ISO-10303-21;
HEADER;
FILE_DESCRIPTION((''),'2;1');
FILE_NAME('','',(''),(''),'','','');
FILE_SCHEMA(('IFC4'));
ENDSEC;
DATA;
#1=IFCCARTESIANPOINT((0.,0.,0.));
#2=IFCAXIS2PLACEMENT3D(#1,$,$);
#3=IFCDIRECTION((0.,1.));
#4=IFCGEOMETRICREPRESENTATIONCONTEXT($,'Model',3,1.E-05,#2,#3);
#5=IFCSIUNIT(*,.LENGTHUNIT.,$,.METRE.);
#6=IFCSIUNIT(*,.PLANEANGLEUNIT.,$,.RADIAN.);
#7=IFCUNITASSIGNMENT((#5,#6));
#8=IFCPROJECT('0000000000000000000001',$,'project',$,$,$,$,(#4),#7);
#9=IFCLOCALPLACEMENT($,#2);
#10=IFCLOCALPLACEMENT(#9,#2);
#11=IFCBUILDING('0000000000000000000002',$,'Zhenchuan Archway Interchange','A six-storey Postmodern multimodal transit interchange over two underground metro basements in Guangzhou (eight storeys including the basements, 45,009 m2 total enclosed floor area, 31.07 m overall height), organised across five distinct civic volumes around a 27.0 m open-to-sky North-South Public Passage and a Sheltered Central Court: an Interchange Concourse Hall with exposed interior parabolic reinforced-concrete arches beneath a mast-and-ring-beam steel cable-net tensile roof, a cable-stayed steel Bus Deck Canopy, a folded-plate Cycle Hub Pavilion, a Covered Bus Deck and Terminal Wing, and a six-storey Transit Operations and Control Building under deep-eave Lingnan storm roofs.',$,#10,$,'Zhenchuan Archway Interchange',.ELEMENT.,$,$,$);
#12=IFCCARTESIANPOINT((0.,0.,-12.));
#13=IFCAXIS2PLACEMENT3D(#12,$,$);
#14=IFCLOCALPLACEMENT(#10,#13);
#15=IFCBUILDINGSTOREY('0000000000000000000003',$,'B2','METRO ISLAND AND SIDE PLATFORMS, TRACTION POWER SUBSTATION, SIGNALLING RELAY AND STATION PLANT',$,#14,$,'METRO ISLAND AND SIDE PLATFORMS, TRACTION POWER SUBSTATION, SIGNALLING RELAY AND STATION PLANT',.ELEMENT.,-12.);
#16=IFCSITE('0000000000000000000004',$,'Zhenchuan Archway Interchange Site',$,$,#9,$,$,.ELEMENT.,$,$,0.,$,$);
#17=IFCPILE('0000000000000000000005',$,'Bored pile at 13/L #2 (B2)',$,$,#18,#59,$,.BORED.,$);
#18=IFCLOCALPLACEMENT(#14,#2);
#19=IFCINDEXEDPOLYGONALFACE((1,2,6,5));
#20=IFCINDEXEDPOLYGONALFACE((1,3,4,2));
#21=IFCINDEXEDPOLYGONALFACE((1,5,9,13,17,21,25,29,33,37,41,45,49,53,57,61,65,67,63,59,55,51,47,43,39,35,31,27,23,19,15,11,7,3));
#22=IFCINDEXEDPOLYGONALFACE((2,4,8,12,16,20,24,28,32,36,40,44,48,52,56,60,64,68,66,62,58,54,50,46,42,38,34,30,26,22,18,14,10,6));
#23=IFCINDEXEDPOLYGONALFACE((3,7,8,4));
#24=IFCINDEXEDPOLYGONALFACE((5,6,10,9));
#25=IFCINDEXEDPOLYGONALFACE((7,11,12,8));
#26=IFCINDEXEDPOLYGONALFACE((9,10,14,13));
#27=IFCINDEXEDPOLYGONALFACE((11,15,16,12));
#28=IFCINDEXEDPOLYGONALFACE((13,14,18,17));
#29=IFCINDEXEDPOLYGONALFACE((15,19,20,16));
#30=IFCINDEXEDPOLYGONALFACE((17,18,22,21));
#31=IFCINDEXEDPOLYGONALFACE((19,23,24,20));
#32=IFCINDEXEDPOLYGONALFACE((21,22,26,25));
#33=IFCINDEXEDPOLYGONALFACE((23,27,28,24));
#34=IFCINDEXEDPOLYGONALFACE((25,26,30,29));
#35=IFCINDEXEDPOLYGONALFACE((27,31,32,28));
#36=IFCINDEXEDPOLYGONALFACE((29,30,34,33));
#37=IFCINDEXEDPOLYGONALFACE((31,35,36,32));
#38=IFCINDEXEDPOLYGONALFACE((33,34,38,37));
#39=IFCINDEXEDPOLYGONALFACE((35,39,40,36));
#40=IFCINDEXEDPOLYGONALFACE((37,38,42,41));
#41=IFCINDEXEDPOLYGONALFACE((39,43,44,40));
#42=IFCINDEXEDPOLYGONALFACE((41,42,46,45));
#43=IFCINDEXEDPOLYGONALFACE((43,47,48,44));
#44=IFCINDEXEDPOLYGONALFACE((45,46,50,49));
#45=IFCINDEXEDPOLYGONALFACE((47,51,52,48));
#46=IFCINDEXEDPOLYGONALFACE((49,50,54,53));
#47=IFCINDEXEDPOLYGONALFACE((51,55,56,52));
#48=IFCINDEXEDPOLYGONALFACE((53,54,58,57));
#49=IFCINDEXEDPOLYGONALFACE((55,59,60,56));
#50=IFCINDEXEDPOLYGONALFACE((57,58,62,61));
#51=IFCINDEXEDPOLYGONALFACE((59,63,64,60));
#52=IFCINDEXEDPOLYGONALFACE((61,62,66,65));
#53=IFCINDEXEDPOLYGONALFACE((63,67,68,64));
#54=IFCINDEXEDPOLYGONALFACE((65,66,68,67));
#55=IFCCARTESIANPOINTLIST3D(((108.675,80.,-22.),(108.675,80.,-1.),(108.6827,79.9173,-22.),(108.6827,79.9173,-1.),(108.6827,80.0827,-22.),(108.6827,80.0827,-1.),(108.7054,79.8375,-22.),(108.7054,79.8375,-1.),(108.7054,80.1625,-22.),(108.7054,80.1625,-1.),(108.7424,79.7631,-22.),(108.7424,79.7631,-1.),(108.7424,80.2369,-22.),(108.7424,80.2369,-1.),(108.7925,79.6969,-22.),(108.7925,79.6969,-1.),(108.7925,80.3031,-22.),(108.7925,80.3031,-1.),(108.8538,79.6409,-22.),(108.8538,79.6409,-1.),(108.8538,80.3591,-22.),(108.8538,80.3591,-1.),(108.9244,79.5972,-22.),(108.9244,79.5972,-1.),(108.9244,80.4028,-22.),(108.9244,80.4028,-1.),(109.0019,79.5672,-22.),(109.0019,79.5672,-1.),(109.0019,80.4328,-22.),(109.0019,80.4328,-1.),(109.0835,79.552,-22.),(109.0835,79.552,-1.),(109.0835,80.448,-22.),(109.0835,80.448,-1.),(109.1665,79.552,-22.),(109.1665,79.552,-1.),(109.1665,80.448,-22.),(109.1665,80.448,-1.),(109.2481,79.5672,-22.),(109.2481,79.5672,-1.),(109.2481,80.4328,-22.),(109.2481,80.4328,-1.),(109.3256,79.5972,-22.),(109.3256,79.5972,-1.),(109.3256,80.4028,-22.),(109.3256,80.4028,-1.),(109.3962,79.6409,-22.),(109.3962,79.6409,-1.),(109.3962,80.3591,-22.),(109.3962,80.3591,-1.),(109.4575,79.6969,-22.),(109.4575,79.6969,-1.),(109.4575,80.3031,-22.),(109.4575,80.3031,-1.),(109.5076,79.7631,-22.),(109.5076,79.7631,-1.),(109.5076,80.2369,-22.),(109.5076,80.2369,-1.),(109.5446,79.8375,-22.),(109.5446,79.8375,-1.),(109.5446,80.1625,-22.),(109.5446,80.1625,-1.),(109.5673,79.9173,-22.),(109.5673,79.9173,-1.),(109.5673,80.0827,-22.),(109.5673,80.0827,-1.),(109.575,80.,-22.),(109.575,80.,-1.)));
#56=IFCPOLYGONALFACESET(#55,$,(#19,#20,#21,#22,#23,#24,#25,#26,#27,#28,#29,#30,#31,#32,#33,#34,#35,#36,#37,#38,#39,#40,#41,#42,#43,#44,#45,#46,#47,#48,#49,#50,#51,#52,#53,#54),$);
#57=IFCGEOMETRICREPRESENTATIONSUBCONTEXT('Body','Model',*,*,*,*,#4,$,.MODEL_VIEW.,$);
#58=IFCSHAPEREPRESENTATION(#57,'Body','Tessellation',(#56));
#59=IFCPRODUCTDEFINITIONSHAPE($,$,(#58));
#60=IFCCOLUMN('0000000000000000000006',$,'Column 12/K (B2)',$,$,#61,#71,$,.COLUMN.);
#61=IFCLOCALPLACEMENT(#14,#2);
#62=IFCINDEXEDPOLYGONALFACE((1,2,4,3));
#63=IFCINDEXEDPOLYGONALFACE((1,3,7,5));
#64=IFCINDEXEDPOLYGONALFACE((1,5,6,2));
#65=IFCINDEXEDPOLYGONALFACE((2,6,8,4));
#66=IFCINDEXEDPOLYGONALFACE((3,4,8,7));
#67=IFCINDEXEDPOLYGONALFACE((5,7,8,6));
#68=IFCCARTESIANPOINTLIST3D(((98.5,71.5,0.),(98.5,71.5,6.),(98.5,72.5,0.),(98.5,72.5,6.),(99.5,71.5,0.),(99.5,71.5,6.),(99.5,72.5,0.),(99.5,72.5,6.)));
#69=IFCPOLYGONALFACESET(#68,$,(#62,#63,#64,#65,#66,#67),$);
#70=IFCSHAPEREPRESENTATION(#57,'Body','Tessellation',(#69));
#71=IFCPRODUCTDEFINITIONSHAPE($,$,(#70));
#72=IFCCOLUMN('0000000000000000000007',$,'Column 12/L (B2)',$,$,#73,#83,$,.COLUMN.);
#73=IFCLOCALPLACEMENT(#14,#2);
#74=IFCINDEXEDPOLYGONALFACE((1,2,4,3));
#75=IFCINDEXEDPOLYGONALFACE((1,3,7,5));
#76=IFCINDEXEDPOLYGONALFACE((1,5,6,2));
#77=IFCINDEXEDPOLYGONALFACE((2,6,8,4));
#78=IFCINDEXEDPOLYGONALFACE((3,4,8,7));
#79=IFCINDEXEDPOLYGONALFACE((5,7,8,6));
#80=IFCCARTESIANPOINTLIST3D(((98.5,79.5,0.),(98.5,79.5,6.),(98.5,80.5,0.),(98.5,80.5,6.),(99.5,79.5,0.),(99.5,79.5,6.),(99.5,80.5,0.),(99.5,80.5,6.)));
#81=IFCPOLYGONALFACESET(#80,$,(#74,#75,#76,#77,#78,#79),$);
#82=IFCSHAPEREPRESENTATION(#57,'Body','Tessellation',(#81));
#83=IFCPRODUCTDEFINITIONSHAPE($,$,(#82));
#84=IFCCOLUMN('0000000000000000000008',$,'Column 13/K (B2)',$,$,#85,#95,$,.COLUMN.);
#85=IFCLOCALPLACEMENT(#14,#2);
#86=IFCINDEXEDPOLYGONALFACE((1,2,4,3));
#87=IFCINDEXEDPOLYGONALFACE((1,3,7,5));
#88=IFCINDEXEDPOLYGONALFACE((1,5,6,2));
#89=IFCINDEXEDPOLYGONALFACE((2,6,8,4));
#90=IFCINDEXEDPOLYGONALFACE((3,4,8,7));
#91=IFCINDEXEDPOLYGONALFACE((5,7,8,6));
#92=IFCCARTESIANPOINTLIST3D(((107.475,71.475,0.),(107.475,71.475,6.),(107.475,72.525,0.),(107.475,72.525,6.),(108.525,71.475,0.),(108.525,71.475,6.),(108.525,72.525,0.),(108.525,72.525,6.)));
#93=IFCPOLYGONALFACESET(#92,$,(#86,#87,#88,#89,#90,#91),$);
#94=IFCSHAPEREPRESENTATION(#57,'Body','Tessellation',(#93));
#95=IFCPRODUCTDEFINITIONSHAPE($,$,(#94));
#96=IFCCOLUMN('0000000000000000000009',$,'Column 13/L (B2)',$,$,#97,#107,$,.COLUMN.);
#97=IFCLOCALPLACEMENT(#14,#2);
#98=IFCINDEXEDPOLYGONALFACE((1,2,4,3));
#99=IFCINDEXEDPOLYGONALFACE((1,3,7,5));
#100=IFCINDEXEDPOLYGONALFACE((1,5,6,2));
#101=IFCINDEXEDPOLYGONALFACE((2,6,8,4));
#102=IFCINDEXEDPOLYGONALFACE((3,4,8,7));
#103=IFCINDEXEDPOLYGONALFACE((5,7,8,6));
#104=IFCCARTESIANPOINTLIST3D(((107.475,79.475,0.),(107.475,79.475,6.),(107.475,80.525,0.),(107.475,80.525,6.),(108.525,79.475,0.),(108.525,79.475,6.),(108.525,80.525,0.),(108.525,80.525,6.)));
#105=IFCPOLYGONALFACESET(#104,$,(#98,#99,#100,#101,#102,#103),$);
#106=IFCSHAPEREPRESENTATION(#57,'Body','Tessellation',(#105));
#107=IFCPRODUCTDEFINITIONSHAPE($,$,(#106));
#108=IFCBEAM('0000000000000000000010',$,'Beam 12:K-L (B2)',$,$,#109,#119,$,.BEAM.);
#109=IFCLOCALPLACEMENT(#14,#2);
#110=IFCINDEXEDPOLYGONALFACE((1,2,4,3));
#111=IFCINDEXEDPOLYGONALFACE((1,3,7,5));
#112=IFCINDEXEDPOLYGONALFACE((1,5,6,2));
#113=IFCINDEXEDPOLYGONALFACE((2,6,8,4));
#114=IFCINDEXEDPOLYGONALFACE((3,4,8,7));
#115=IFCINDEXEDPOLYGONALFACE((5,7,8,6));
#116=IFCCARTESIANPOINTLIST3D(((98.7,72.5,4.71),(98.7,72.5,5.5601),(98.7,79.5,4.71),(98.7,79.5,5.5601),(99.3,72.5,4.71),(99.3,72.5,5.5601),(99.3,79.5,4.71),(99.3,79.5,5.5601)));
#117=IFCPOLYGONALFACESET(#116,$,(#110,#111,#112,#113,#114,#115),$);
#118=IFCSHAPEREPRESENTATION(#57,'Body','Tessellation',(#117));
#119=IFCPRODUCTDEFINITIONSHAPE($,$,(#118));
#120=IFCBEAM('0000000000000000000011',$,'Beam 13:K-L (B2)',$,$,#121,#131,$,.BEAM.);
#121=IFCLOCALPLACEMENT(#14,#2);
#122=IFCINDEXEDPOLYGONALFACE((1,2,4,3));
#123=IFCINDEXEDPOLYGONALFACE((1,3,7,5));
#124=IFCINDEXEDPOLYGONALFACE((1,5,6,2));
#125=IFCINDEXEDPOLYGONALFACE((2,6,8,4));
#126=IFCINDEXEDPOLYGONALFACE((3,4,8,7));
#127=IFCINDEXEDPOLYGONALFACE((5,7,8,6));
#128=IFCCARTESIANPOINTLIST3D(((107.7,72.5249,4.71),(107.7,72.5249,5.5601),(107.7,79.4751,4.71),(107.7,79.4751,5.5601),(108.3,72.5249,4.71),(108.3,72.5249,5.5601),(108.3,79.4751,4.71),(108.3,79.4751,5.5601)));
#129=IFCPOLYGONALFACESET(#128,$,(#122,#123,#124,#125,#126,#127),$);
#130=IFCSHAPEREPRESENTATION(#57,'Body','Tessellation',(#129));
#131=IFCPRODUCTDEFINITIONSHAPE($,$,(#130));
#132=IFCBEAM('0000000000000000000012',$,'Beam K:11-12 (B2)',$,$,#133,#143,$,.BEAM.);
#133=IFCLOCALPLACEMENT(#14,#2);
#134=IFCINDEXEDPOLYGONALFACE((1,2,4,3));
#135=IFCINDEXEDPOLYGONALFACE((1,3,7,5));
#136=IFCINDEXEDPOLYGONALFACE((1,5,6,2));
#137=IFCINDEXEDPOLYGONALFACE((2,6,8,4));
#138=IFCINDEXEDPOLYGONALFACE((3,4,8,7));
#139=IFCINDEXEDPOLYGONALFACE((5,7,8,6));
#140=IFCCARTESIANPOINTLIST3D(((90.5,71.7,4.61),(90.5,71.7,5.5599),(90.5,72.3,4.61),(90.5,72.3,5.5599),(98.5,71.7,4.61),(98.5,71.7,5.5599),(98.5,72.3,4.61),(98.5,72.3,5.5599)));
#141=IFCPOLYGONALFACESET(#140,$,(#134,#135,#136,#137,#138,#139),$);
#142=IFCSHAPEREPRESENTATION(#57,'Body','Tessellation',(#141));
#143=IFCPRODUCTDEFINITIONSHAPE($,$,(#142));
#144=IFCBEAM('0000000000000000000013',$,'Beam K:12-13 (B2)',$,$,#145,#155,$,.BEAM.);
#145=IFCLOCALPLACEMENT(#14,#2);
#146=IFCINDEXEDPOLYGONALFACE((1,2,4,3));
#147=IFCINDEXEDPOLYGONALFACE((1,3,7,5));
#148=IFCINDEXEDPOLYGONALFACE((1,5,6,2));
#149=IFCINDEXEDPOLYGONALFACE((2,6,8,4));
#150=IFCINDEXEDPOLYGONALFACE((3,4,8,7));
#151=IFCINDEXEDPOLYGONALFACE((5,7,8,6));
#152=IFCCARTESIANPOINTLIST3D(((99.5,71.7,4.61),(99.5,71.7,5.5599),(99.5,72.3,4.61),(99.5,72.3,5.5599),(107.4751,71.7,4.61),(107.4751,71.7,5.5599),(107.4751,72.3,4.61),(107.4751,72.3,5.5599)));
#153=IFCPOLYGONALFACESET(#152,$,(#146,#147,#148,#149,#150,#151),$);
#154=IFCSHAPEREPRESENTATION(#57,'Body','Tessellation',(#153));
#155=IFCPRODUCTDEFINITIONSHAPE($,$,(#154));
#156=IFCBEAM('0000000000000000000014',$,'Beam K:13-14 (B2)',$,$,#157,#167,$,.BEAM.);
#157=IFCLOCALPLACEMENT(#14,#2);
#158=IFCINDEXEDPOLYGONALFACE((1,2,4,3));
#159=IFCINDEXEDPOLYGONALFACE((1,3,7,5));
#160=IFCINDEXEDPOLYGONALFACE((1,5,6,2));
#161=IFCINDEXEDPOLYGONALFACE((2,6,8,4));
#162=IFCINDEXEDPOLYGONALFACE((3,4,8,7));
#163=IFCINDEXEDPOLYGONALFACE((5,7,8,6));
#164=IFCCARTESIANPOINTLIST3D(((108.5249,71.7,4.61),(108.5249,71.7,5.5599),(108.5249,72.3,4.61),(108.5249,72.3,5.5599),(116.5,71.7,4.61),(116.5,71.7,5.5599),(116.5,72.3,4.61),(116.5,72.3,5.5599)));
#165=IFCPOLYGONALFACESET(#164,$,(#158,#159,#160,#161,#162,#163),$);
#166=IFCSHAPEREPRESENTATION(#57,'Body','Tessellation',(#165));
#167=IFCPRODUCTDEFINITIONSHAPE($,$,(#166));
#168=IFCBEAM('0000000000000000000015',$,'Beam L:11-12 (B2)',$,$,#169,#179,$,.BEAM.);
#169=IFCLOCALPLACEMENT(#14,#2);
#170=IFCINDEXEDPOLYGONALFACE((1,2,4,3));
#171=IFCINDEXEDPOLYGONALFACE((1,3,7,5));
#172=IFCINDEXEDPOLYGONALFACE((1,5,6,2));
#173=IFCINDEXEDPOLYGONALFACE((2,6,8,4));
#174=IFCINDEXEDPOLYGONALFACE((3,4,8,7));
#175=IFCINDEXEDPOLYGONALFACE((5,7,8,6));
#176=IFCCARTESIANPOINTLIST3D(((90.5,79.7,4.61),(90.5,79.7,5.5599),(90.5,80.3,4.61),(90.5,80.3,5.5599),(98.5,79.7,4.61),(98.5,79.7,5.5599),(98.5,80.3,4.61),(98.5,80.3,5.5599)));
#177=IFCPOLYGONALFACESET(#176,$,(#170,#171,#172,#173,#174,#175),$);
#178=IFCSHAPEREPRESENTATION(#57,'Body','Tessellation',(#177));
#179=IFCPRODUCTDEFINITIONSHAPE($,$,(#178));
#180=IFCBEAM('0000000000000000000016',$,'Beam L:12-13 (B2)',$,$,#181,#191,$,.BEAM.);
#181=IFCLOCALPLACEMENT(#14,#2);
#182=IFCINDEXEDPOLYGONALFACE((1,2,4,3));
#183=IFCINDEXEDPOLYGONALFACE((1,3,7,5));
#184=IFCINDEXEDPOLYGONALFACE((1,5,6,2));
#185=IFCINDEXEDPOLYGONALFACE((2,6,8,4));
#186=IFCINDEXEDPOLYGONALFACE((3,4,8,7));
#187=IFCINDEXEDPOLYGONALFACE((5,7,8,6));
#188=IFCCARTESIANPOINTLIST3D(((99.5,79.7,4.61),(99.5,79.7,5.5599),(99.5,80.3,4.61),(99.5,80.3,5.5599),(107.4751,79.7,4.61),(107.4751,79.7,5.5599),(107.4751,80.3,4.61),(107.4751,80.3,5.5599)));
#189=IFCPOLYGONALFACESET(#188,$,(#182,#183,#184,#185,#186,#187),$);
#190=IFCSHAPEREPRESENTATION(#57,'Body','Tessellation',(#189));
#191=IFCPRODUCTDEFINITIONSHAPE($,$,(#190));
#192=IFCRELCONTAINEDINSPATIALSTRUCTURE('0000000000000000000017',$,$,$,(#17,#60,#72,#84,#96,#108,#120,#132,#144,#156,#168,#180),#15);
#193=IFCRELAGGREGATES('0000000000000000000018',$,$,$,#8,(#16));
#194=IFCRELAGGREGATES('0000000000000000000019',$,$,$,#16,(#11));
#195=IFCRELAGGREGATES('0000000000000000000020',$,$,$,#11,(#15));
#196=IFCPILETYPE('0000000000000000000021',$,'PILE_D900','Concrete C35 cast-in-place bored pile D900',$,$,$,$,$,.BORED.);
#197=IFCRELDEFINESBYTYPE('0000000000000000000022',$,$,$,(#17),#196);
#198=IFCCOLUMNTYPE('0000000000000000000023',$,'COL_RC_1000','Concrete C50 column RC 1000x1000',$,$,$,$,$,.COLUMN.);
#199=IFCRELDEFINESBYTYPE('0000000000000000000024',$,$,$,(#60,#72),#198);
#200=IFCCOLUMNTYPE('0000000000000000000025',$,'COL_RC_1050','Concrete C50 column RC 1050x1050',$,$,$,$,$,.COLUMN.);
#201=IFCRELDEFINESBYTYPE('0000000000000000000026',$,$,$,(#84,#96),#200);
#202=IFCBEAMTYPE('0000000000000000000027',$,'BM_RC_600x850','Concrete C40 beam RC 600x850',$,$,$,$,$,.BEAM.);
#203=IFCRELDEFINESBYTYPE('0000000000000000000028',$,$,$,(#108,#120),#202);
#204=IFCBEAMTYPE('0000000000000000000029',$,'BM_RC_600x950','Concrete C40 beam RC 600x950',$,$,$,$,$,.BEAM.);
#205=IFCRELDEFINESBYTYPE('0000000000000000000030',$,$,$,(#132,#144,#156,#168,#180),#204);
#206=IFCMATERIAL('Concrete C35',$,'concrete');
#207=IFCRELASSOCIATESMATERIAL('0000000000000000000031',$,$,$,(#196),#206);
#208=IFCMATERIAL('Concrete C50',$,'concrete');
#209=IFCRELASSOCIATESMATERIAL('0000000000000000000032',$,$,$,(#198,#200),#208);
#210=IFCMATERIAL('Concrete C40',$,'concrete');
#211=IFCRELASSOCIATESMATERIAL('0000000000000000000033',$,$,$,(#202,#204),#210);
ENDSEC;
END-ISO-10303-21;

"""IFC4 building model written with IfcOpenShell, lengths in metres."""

from ifc_helpers import new_model, si_unit, direction, frame, origin, origin_2d, place, context, subcontext, project, spatial, rectangle, circle, extrude, material, material_profile, profile_set, type_object, element, save


model = new_model("IFC4")

# Units and contexts
model_context = context("Model", 3, precision=1e-05, world=origin(), true_north=direction((0.0, 1.0)))
body_context = subcontext(model_context, "Body", "Model", "MODEL_VIEW")
ifc_project = project(units=[si_unit("LENGTHUNIT", "METRE"), si_unit("PLANEANGLEUNIT", "RADIAN")], contexts=[model_context])

# Site, building, storey
site_placement = place(None, origin())
site = spatial("IfcSite", under=ifc_project, at=site_placement, Name="Zhenchuan Archway Interchange Site", CompositionType="ELEMENT", RefElevation=0.0)
building_placement = place(site_placement, origin())
building = spatial("IfcBuilding", under=site, at=building_placement, Name="Zhenchuan Archway Interchange", Description="A six-storey Postmodern multimodal transit interchange over two underground metro basements in Guangzhou (eight storeys including the basements, 45,009 m2 total enclosed floor area, 31.07 m overall height), organised across five distinct civic volumes around a 27.0 m open-to-sky North-South Public Passage and a Sheltered Central Court: an Interchange Concourse Hall with exposed interior parabolic reinforced-concrete arches beneath a mast-and-ring-beam steel cable-net tensile roof, a cable-stayed steel Bus Deck Canopy, a folded-plate Cycle Hub Pavilion, a Covered Bus Deck and Terminal Wing, and a six-storey Transit Operations and Control Building under deep-eave Lingnan storm roofs.", LongName="Zhenchuan Archway Interchange", CompositionType="ELEMENT")
storey_placement = place(building_placement, frame((0.0, 0.0, -12.0)))
storey = spatial("IfcBuildingStorey", under=building, at=storey_placement, Name="B2", Description="METRO ISLAND AND SIDE PLATFORMS, TRACTION POWER SUBSTATION, SIGNALLING RELAY AND STATION PLANT", LongName="METRO ISLAND AND SIDE PLATFORMS, TRACTION POWER SUBSTATION, SIGNALLING RELAY AND STATION PLANT", CompositionType="ELEMENT", Elevation=-12.0)

# Shared definitions
ifc_material_1 = material(Name="Concrete C40", Category="concrete")

# Pile
ifc_material_2 = material(Name="Concrete C35", Category="concrete")
ifc_material_profile_1 = material_profile(ifc_material_2, circle(Radius=0.45, at=origin_2d()), Name="BORED PILE 900")
ifc_profile_set_1 = profile_set([ifc_material_profile_1], Name="Concrete C35")
pile_type_1 = type_object("IfcPileType", Name="PILE_D900", Description="Concrete C35 cast-in-place bored pile D900", PredefinedType="BORED", material=ifc_profile_set_1)
for number, where, z_axis, x_axis, name in (
    (1, (109.125, 80.0, -1.0), (0.0, 0.0, -1.0), (1.0, 0.0, 0.0), "Bored pile at 13/L #2 (B2)"),
):
    element("IfcPile", number, at=place(storey_placement, frame(where, z_axis=z_axis, x_axis=x_axis)), inside=storey, type_object=pile_type_1, Name=name, PredefinedType="BORED", context=body_context, shape_type="SweptSolid", body=[
        extrude(circle(Radius=0.45, at=origin_2d()), origin(), (0.0, 0.0, 1.0), 21.0),
    ])

# Columns
ifc_material_3 = material(Name="Concrete C50", Category="concrete")
ifc_material_profile_2 = material_profile(ifc_material_3, rectangle(XDim=1.0, YDim=1.0, at=origin_2d()), Name="RC 1000x1000")
ifc_profile_set_2 = profile_set([ifc_material_profile_2], Name="Concrete C50")
column_type_1 = type_object("IfcColumnType", Name="COL_RC_1000", Description="Concrete C50 column RC 1000x1000", PredefinedType="COLUMN", material=ifc_profile_set_2)
for number, where, z_axis, x_axis, name in (
    (2, (99.0, 72.0, 0.0), (0.0, 0.0, 1.0), (1.0, 0.0, 0.0), "Column 12/K (B2)"),
    (3, (99.0, 80.0, 0.0), (0.0, 0.0, 1.0), (1.0, 0.0, 0.0), "Column 12/L (B2)"),
):
    element("IfcColumn", number, at=place(storey_placement, frame(where, z_axis=z_axis, x_axis=x_axis)), inside=storey, type_object=column_type_1, Name=name, PredefinedType="COLUMN", context=body_context, shape_type="SweptSolid", body=[
        extrude(rectangle(XDim=1.0, YDim=1.0, at=origin_2d()), origin(), (0.0, 0.0, 1.0), 6.0),
    ])
ifc_material_profile_3 = material_profile(ifc_material_3, rectangle(XDim=1.05, YDim=1.05, at=origin_2d()), Name="RC 1050x1050")
ifc_profile_set_3 = profile_set([ifc_material_profile_3], Name="Concrete C50")
column_type_2 = type_object("IfcColumnType", Name="COL_RC_1050", Description="Concrete C50 column RC 1050x1050", PredefinedType="COLUMN", material=ifc_profile_set_3)
for number, where, z_axis, x_axis, name in (
    (4, (108.0, 72.0, 0.0), (0.0, 0.0, 1.0), (1.0, 0.0, 0.0), "Column 13/K (B2)"),
    (5, (108.0, 80.0, 0.0), (0.0, 0.0, 1.0), (1.0, 0.0, 0.0), "Column 13/L (B2)"),
):
    element("IfcColumn", number, at=place(storey_placement, frame(where, z_axis=z_axis, x_axis=x_axis)), inside=storey, type_object=column_type_2, Name=name, PredefinedType="COLUMN", context=body_context, shape_type="SweptSolid", body=[
        extrude(rectangle(XDim=1.05, YDim=1.05, at=origin_2d()), origin(), (0.0, 0.0, 1.0), 6.0),
    ])

# Beams
ifc_material_profile_4 = material_profile(ifc_material_1, rectangle(XDim=0.6001, YDim=0.8501, at=origin_2d()), Name="RC 600x850")
ifc_profile_set_4 = profile_set([ifc_material_profile_4], Name="Concrete C40")
beam_type_1 = type_object("IfcBeamType", Name="BM_RC_600x850", Description="Concrete C40 beam RC 600x850", PredefinedType="BEAM", material=ifc_profile_set_4)
beam_1_placement = place(storey_placement, frame((99.0, 72.5, 5.135), z_axis=(0.0, 1.0, 0.0), x_axis=(-1.0, 0.0, 0.0)))
element("IfcBeam", 6, at=beam_1_placement, inside=storey, type_object=beam_type_1, Name="Beam 12:K-L (B2)", PredefinedType="BEAM", context=body_context, shape_type="SweptSolid", body=[
    extrude(rectangle(XDim=0.6001, YDim=0.8501, at=origin_2d()), origin(), (0.0, 0.0, 1.0), 7.0),
])
beam_2_placement = place(storey_placement, frame((108.0, 72.5249, 5.135), z_axis=(0.0, 1.0, 0.0), x_axis=(-1.0, 0.0, 0.0)))
element("IfcBeam", 7, at=beam_2_placement, inside=storey, type_object=beam_type_1, Name="Beam 13:K-L (B2)", PredefinedType="BEAM", context=body_context, shape_type="SweptSolid", body=[
    extrude(rectangle(XDim=0.6001, YDim=0.8501, at=origin_2d()), origin(), (0.0, 0.0, 1.0), 6.9502),
])
ifc_material_profile_5 = material_profile(ifc_material_1, rectangle(XDim=0.6001, YDim=0.95, at=origin_2d()), Name="RC 600x950")
ifc_profile_set_5 = profile_set([ifc_material_profile_5], Name="Concrete C40")
beam_type_2 = type_object("IfcBeamType", Name="BM_RC_600x950", Description="Concrete C40 beam RC 600x950", PredefinedType="BEAM", material=ifc_profile_set_5)
beam_3_placement = place(storey_placement, frame((90.5, 72.0, 5.085), z_axis=(1.0, 0.0, 0.0), x_axis=(0.0, 1.0, 0.0)))
element("IfcBeam", 8, at=beam_3_placement, inside=storey, type_object=beam_type_2, Name="Beam K:11-12 (B2)", PredefinedType="BEAM", context=body_context, shape_type="SweptSolid", body=[
    extrude(rectangle(XDim=0.6001, YDim=0.95, at=origin_2d()), origin(), (0.0, 0.0, 1.0), 8.0),
])
for number, where, z_axis, x_axis, name in (
    (9, (99.5, 72.0, 5.085), (1.0, 0.0, 0.0), (0.0, 1.0, 0.0), "Beam K:12-13 (B2)"),
    (10, (108.5249, 72.0, 5.085), (1.0, 0.0, 0.0), (0.0, 1.0, 0.0), "Beam K:13-14 (B2)"),
):
    element("IfcBeam", number, at=place(storey_placement, frame(where, z_axis=z_axis, x_axis=x_axis)), inside=storey, type_object=beam_type_2, Name=name, PredefinedType="BEAM", context=body_context, shape_type="SweptSolid", body=[
        extrude(rectangle(XDim=0.6001, YDim=0.95, at=origin_2d()), origin(), (0.0, 0.0, 1.0), 7.9751),
    ])
beam_4_placement = place(storey_placement, frame((90.5, 80.0, 5.085), z_axis=(1.0, 0.0, 0.0), x_axis=(0.0, 1.0, 0.0)))
element("IfcBeam", 11, at=beam_4_placement, inside=storey, type_object=beam_type_2, Name="Beam L:11-12 (B2)", PredefinedType="BEAM", context=body_context, shape_type="SweptSolid", body=[
    extrude(rectangle(XDim=0.6001, YDim=0.95, at=origin_2d()), origin(), (0.0, 0.0, 1.0), 8.0),
])
for number, where, z_axis, x_axis, name in (
    (12, (99.5, 80.0, 5.085), (1.0, 0.0, 0.0), (0.0, 1.0, 0.0), "Beam L:12-13 (B2)"),
):
    element("IfcBeam", number, at=place(storey_placement, frame(where, z_axis=z_axis, x_axis=x_axis)), inside=storey, type_object=beam_type_2, Name=name, PredefinedType="BEAM", context=body_context, shape_type="SweptSolid", body=[
        extrude(rectangle(XDim=0.6001, YDim=0.95, at=origin_2d()), origin(), (0.0, 0.0, 1.0), 7.9751),
    ])

save(model, "model.ifc")
